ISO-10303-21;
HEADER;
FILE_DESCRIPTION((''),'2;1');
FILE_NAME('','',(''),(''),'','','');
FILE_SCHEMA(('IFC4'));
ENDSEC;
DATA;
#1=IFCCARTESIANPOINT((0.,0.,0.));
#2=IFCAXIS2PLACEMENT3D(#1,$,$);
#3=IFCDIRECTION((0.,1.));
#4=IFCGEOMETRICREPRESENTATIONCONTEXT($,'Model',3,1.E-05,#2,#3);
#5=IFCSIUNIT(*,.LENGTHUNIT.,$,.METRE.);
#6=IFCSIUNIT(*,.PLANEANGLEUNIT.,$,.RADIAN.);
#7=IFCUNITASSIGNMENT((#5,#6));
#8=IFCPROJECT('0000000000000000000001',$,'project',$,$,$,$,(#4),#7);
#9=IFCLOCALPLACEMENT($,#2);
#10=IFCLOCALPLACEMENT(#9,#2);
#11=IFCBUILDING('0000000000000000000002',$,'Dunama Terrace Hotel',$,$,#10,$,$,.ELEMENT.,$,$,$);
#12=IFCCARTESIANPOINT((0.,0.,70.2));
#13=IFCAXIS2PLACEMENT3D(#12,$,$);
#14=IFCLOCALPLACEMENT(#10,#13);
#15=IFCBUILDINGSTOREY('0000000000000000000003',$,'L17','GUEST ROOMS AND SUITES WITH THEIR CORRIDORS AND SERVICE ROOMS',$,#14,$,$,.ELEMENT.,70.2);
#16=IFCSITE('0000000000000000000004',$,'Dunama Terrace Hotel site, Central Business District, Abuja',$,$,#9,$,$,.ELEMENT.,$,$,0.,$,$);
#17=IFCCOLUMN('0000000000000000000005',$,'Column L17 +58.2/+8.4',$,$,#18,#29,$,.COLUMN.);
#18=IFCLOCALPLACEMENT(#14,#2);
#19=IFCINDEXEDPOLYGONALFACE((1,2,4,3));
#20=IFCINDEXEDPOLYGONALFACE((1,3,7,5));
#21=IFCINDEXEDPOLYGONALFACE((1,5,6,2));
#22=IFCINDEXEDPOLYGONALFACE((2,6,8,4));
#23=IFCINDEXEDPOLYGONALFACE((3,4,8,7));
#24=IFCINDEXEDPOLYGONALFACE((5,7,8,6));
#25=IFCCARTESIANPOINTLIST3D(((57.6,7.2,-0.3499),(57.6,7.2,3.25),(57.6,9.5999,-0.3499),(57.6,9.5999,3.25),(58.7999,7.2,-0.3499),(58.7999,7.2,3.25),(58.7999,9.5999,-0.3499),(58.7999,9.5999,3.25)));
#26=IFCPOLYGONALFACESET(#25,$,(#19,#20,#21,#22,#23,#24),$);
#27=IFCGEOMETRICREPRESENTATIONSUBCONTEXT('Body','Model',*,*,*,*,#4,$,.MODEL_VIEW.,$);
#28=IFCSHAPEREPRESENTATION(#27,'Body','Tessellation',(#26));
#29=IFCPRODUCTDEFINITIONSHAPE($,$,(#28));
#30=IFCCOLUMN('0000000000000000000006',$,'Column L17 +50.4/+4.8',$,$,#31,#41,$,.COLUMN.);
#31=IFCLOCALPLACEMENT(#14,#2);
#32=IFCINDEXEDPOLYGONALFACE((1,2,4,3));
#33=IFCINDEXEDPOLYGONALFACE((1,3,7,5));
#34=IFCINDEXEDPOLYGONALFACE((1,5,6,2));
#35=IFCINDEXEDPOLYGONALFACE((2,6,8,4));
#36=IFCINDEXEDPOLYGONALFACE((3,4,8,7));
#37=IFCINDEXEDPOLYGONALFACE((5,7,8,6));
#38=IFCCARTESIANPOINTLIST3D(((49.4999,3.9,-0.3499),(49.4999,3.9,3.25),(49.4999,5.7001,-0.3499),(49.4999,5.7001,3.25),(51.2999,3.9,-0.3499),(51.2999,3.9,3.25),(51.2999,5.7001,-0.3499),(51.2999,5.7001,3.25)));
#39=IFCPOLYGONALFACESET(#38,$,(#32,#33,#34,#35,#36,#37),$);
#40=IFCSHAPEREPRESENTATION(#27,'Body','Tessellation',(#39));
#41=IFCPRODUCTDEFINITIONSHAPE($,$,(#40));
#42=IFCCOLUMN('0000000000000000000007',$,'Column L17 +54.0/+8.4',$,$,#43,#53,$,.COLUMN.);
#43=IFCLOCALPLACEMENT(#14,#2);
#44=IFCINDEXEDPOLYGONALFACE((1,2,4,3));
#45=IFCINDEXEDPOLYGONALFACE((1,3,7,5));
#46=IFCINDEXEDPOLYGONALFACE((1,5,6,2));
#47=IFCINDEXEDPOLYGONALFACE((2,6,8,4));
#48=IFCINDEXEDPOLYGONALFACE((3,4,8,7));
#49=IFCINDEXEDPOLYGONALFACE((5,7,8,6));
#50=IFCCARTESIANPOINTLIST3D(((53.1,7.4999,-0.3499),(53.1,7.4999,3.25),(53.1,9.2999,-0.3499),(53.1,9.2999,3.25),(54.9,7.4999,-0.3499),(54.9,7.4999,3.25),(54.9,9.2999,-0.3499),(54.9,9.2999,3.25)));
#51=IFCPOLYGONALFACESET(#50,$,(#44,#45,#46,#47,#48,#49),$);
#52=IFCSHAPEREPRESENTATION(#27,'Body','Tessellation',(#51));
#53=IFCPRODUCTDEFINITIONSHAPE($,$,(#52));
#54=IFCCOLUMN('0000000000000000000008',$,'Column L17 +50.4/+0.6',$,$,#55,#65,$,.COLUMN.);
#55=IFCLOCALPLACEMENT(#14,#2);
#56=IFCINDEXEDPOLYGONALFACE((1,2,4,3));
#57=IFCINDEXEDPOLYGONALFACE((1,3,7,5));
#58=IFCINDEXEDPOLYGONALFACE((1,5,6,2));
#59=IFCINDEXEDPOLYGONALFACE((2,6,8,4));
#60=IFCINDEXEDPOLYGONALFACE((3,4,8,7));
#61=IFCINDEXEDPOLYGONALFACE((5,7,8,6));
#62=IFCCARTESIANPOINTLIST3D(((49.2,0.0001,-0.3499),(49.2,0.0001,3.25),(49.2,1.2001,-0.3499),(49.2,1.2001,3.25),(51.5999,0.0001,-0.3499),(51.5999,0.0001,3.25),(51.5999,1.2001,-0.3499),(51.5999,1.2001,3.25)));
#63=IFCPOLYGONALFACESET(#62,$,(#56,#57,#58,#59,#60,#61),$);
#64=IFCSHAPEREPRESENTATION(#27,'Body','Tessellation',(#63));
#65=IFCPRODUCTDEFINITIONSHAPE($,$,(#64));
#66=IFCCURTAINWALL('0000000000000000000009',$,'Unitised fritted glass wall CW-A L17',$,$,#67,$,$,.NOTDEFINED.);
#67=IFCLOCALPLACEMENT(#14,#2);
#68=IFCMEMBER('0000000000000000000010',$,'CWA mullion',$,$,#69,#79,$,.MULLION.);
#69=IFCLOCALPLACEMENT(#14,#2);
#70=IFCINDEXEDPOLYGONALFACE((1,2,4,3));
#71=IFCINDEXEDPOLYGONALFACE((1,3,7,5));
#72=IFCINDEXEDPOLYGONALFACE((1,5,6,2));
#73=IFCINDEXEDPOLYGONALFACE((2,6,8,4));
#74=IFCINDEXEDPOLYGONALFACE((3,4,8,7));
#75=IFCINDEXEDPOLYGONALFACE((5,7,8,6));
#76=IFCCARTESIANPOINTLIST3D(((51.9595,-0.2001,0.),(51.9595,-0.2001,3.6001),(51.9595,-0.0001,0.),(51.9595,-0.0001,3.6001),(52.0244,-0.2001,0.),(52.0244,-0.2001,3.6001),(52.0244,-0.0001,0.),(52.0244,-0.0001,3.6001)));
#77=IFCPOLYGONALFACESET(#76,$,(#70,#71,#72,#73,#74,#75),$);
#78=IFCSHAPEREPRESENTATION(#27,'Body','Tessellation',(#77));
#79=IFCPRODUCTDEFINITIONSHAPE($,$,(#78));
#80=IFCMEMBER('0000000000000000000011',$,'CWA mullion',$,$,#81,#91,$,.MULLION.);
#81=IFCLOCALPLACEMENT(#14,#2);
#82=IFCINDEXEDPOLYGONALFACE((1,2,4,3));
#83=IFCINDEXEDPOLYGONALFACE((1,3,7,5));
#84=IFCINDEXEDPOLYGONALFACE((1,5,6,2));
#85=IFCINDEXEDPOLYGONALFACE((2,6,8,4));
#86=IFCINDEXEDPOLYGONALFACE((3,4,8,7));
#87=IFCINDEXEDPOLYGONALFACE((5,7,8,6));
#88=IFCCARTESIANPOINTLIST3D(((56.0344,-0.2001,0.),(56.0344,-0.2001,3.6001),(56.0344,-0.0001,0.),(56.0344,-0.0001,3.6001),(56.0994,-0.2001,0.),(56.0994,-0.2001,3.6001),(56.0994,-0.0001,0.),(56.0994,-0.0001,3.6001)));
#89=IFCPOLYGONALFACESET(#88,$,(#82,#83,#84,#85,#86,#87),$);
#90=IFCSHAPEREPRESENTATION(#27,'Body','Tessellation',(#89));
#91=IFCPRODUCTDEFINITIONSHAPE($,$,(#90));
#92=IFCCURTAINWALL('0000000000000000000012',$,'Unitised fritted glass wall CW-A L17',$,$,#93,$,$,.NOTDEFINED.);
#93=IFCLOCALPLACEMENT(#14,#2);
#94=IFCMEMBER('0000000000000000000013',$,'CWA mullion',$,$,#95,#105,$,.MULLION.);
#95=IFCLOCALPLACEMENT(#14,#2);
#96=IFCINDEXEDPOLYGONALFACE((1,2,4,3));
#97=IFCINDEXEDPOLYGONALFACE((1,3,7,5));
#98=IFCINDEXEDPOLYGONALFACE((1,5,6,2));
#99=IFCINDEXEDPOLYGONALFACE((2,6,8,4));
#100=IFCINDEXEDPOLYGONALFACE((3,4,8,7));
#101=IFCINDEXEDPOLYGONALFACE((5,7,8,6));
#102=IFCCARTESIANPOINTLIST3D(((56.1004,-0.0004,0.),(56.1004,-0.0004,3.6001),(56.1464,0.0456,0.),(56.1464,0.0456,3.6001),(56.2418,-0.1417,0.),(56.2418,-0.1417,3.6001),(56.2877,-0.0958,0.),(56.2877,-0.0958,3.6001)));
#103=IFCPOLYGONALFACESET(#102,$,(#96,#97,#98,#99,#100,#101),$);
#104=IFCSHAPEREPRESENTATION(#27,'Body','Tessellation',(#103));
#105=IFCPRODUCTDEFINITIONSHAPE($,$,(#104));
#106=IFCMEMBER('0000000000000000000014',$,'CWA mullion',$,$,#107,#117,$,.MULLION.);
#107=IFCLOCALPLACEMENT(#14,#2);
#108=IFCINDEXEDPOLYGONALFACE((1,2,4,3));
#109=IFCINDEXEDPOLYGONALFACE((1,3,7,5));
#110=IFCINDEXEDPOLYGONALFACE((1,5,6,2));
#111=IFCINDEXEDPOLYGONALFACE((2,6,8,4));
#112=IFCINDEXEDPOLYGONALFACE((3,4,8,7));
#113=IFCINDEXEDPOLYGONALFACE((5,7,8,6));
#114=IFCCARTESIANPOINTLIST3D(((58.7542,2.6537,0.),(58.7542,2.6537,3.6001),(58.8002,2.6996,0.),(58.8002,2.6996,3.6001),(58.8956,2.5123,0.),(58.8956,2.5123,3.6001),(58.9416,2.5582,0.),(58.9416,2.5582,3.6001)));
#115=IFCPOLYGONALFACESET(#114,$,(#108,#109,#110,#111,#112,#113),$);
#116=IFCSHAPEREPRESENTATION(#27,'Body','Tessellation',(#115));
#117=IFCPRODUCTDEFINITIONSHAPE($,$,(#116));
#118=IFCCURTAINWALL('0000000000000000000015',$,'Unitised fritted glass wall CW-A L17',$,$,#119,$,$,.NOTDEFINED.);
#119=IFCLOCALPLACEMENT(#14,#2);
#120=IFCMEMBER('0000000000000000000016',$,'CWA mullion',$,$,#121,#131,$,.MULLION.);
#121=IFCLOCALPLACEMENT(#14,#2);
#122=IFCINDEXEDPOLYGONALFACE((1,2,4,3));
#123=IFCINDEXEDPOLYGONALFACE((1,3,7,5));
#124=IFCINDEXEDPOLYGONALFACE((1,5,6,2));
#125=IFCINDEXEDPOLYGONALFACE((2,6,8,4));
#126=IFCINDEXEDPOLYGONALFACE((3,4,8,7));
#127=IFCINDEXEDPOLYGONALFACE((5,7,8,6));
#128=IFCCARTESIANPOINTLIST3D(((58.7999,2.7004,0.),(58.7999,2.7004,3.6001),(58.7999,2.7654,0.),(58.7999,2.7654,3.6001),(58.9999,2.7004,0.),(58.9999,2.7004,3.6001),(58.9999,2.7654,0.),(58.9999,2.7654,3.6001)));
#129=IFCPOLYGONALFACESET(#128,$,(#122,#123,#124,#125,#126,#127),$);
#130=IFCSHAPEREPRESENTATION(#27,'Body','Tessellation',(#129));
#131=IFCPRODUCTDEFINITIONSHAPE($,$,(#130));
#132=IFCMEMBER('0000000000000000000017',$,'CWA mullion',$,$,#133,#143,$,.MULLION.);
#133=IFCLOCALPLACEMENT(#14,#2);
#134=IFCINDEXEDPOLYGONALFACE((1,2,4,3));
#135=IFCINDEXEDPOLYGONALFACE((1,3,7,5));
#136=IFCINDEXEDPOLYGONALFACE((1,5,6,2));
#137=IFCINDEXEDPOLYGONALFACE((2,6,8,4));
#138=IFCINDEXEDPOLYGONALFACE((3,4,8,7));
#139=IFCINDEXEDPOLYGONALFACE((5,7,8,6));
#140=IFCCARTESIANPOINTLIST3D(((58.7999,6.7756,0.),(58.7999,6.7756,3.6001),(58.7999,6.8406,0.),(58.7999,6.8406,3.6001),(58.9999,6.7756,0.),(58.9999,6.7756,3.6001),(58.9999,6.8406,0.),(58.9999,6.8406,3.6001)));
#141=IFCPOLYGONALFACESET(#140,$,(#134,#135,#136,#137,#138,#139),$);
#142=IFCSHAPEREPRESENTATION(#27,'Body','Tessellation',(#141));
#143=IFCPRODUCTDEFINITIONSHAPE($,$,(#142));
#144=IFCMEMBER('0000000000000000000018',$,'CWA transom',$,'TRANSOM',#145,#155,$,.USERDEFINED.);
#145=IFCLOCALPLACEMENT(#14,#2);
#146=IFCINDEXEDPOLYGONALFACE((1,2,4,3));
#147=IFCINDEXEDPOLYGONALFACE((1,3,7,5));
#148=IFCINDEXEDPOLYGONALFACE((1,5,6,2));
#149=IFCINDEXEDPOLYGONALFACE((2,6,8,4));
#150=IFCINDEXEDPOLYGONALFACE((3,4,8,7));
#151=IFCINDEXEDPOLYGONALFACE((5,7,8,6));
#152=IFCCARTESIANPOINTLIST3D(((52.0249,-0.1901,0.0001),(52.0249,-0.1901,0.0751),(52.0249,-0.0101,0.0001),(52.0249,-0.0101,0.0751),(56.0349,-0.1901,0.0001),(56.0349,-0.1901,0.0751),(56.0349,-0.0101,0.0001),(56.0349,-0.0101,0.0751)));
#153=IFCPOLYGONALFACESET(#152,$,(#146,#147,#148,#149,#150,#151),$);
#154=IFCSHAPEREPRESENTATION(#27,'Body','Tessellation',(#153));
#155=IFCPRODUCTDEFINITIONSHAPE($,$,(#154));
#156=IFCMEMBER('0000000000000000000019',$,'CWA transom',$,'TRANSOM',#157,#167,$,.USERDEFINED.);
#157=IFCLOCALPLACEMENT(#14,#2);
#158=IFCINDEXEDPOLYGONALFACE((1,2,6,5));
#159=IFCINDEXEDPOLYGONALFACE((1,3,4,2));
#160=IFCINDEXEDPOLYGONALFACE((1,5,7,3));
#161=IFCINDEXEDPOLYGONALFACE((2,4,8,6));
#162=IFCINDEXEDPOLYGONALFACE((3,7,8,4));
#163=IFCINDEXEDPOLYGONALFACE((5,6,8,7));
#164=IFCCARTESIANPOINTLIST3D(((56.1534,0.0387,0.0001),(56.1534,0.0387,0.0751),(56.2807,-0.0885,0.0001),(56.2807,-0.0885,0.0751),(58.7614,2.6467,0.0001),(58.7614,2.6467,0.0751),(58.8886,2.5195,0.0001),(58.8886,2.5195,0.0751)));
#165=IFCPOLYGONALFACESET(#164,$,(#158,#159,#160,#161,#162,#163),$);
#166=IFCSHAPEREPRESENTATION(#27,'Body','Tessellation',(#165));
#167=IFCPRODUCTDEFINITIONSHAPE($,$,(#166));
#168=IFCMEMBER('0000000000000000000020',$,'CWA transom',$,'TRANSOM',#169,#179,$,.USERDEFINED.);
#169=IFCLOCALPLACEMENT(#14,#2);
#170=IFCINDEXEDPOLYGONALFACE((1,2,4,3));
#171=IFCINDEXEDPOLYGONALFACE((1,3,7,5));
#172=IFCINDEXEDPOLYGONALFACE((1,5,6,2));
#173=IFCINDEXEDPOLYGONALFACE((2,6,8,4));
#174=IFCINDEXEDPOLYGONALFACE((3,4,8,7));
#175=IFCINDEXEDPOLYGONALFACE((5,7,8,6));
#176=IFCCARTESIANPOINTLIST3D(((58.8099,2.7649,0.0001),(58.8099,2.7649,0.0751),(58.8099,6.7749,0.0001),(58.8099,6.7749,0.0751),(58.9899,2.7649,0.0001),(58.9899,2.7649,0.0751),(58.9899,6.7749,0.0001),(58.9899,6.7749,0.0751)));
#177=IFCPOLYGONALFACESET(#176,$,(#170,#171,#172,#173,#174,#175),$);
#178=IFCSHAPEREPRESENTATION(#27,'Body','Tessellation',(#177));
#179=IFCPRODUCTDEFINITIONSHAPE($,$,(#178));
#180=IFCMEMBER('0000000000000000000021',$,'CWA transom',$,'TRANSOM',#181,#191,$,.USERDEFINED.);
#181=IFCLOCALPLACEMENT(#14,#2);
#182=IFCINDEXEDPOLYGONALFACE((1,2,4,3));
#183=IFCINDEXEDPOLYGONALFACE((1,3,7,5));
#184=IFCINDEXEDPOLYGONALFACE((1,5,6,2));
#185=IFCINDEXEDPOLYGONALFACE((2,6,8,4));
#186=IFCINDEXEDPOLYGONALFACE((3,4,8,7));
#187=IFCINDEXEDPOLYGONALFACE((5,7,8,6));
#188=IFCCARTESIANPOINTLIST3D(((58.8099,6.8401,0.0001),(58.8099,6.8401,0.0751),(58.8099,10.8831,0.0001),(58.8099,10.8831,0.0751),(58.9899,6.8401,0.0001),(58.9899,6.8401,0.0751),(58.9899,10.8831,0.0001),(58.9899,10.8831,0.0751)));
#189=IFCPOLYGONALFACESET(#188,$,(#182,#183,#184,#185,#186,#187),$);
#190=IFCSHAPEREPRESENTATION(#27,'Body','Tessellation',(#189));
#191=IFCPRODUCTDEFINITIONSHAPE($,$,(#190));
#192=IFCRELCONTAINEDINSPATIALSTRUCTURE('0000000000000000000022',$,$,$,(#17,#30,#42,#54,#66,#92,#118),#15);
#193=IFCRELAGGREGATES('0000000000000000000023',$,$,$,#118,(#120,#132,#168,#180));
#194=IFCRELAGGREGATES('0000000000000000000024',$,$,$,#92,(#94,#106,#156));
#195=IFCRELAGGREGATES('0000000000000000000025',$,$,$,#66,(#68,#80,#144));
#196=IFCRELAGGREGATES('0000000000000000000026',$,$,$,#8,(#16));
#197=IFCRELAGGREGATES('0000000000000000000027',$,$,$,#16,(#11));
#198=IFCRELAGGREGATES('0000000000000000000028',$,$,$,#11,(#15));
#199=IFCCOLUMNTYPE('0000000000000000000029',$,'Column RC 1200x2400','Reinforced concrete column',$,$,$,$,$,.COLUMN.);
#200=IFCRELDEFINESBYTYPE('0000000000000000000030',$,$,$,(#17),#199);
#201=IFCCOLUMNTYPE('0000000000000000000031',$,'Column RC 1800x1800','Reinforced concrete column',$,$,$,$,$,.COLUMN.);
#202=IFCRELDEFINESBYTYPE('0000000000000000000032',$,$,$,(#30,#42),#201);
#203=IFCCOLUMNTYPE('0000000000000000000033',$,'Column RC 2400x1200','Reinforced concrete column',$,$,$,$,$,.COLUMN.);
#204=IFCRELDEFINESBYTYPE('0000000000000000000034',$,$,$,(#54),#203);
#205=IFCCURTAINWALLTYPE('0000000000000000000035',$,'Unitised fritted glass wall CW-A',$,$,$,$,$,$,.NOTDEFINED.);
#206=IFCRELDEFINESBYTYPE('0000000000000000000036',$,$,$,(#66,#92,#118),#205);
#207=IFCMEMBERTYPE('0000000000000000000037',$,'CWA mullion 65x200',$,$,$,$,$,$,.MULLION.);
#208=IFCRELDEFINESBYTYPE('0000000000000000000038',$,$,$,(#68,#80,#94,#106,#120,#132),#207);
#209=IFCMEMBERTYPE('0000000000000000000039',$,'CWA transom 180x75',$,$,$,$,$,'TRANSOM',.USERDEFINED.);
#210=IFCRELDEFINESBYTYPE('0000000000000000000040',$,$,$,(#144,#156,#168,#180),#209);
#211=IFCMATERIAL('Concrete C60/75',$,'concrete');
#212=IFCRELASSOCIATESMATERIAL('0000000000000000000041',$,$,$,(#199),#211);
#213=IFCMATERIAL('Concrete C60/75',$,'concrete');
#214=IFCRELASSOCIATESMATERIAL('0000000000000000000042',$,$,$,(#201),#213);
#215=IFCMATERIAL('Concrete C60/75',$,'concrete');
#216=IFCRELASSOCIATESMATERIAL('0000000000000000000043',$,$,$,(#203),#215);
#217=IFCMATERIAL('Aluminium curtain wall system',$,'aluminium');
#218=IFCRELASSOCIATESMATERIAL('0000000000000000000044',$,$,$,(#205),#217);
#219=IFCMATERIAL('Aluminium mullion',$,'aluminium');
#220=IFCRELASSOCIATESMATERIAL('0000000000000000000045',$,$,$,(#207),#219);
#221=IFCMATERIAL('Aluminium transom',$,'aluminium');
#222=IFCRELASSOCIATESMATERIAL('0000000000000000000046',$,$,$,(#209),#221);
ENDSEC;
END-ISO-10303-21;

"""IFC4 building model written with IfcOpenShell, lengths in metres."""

from ifc_helpers import new_model, si_unit, direction, frame, origin, origin_2d, place, context, subcontext, project, spatial, rectangle, extrude, material, material_profile, profile_set, type_object, element, aggregate, save


model = new_model("IFC4")

# Units and contexts
model_context = context("Model", 3, precision=1e-05, world=origin(), true_north=direction((0.0, 1.0)))
body_context = subcontext(model_context, "Body", "Model", "MODEL_VIEW")
ifc_project = project(units=[si_unit("LENGTHUNIT", "METRE"), si_unit("PLANEANGLEUNIT", "RADIAN")], contexts=[model_context])

# Site, building, storey
site_placement = place(None, origin())
site = spatial("IfcSite", under=ifc_project, at=site_placement, Name="Dunama Terrace Hotel site, Central Business District, Abuja", CompositionType="ELEMENT", RefElevation=0.0)
building_placement = place(site_placement, origin())
building = spatial("IfcBuilding", under=site, at=building_placement, Name="Dunama Terrace Hotel", CompositionType="ELEMENT")
storey_placement = place(building_placement, frame((0.0, 0.0, 70.2)))
storey = spatial("IfcBuildingStorey", under=building, at=storey_placement, Name="L17", Description="GUEST ROOMS AND SUITES WITH THEIR CORRIDORS AND SERVICE ROOMS", CompositionType="ELEMENT", Elevation=70.2)

# Columns
ifc_material_1 = material(Name="Concrete C60/75", Category="concrete")
ifc_material_profile_1 = material_profile(ifc_material_1, rectangle(XDim=1.2, YDim=2.3999, at=origin_2d()), Name="RC 1200x2400")
ifc_profile_set_1 = profile_set([ifc_material_profile_1], Name="Concrete C60/75")
column_type_1 = type_object("IfcColumnType", Name="Column RC 1200x2400", Description="Reinforced concrete column", PredefinedType="COLUMN", material=ifc_profile_set_1)
column_1_placement = place(storey_placement, frame((58.2, 8.3999, -0.3499), z_axis=(0.0, 0.0, 1.0), x_axis=(1.0, 0.0, 0.0)))
element("IfcColumn", 1, at=column_1_placement, inside=storey, type_object=column_type_1, Name="Column L17 +58.2/+8.4", PredefinedType="COLUMN", context=body_context, shape_type="SweptSolid", body=[
    extrude(rectangle(XDim=1.2, YDim=2.3999, at=origin_2d()), origin(), (0.0, 0.0, 1.0), 3.5999),
])
ifc_material_2 = material(Name="Concrete C60/75", Category="concrete")
ifc_material_profile_2 = material_profile(ifc_material_2, rectangle(XDim=1.8, YDim=1.8, at=origin_2d()), Name="RC 1800x1800")
ifc_profile_set_2 = profile_set([ifc_material_profile_2], Name="Concrete C60/75")
column_type_2 = type_object("IfcColumnType", Name="Column RC 1800x1800", Description="Reinforced concrete column", PredefinedType="COLUMN", material=ifc_profile_set_2)
for number, where, z_axis, x_axis, name in (
    (2, (50.3999, 4.8, -0.3499), (0.0, 0.0, 1.0), (1.0, 0.0, 0.0), "Column L17 +50.4/+4.8"),
    (3, (54.0, 8.3999, -0.3499), (0.0, 0.0, 1.0), (1.0, 0.0, 0.0), "Column L17 +54.0/+8.4"),
):
    element("IfcColumn", number, at=place(storey_placement, frame(where, z_axis=z_axis, x_axis=x_axis)), inside=storey, type_object=column_type_2, Name=name, PredefinedType="COLUMN", context=body_context, shape_type="SweptSolid", body=[
        extrude(rectangle(XDim=1.8, YDim=1.8, at=origin_2d()), origin(), (0.0, 0.0, 1.0), 3.5999),
    ])
ifc_material_3 = material(Name="Concrete C60/75", Category="concrete")
ifc_material_profile_3 = material_profile(ifc_material_3, rectangle(XDim=2.3999, YDim=1.2, at=origin_2d()), Name="RC 2400x1200")
ifc_profile_set_3 = profile_set([ifc_material_profile_3], Name="Concrete C60/75")
column_type_3 = type_object("IfcColumnType", Name="Column RC 2400x1200", Description="Reinforced concrete column", PredefinedType="COLUMN", material=ifc_profile_set_3)
column_2_placement = place(storey_placement, frame((50.3999, 0.6001, -0.3499), z_axis=(0.0, 0.0, 1.0), x_axis=(1.0, 0.0, 0.0)))
element("IfcColumn", 4, at=column_2_placement, inside=storey, type_object=column_type_3, Name="Column L17 +50.4/+0.6", PredefinedType="COLUMN", context=body_context, shape_type="SweptSolid", body=[
    extrude(rectangle(XDim=2.3999, YDim=1.2, at=origin_2d()), origin(), (0.0, 0.0, 1.0), 3.5999),
])

# Curtain walls, members
ifc_material_4 = material(Name="Aluminium curtain wall system", Category="aluminium")
curtain_wall_type = type_object("IfcCurtainWallType", Name="Unitised fritted glass wall CW-A", PredefinedType="NOTDEFINED", material=ifc_material_4)
curtain_wall_1_placement = place(storey_placement, origin())
curtain_wall_1 = element("IfcCurtainWall", 5, at=curtain_wall_1_placement, inside=storey, type_object=curtain_wall_type, Name="Unitised fritted glass wall CW-A L17", PredefinedType="NOTDEFINED")
ifc_material_5 = material(Name="Aluminium mullion", Category="aluminium")
ifc_material_profile_4 = material_profile(ifc_material_5, rectangle(XDim=0.0649, YDim=0.2, at=origin_2d()), Name="CWA MULLION 65X200")
ifc_profile_set_4 = profile_set([ifc_material_profile_4], Name="Aluminium mullion")
member_type_1 = type_object("IfcMemberType", Name="CWA mullion 65x200", PredefinedType="MULLION", material=ifc_profile_set_4)
member_1_placement = place(storey_placement, frame((51.9919, -0.1001, 0.0), z_axis=(0.0, 0.0, 1.0), x_axis=(1.0, 0.0, 0.0)))
member_1 = element("IfcMember", 6, at=member_1_placement, type_object=member_type_1, Name="CWA mullion", PredefinedType="MULLION", context=body_context, shape_type="SweptSolid", body=[
    extrude(rectangle(XDim=0.0649, YDim=0.2, at=origin_2d()), origin(), (0.0, 0.0, 1.0), 3.6001),
])
member_2_placement = place(storey_placement, frame((56.0669, -0.1001, 0.0), z_axis=(0.0, 0.0, 1.0), x_axis=(1.0, 0.0, 0.0)))
member_2 = element("IfcMember", 7, at=member_2_placement, type_object=member_type_1, Name="CWA mullion", PredefinedType="MULLION", context=body_context, shape_type="SweptSolid", body=[
    extrude(rectangle(XDim=0.0649, YDim=0.2, at=origin_2d()), origin(), (0.0, 0.0, 1.0), 3.6001),
])
curtain_wall_2_placement = place(storey_placement, origin())
curtain_wall_2 = element("IfcCurtainWall", 8, at=curtain_wall_2_placement, inside=storey, type_object=curtain_wall_type, Name="Unitised fritted glass wall CW-A L17", PredefinedType="NOTDEFINED")
member_3_placement = place(storey_placement, frame((56.1941, -0.0481, 0.0), z_axis=(0.0, 0.0, 1.0), x_axis=(0.707107, 0.707107, 0.0)))
member_3 = element("IfcMember", 9, at=member_3_placement, type_object=member_type_1, Name="CWA mullion", PredefinedType="MULLION", context=body_context, shape_type="SweptSolid", body=[
    extrude(rectangle(XDim=0.0649, YDim=0.2, at=origin_2d()), origin(), (0.0, 0.0, 1.0), 3.6001),
])
member_4_placement = place(storey_placement, frame((58.8479, 2.606, 0.0), z_axis=(0.0, 0.0, 1.0), x_axis=(0.707107, 0.707107, 0.0)))
member_4 = element("IfcMember", 10, at=member_4_placement, type_object=member_type_1, Name="CWA mullion", PredefinedType="MULLION", context=body_context, shape_type="SweptSolid", body=[
    extrude(rectangle(XDim=0.0649, YDim=0.2, at=origin_2d()), origin(), (0.0, 0.0, 1.0), 3.6001),
])
curtain_wall_3_placement = place(storey_placement, origin())
curtain_wall_3 = element("IfcCurtainWall", 11, at=curtain_wall_3_placement, inside=storey, type_object=curtain_wall_type, Name="Unitised fritted glass wall CW-A L17", PredefinedType="NOTDEFINED")
member_5_placement = place(storey_placement, frame((58.8999, 2.7329, 0.0), z_axis=(0.0, 0.0, 1.0), x_axis=(0.0, 1.0, 0.0)))
member_5 = element("IfcMember", 12, at=member_5_placement, type_object=member_type_1, Name="CWA mullion", PredefinedType="MULLION", context=body_context, shape_type="SweptSolid", body=[
    extrude(rectangle(XDim=0.0649, YDim=0.2, at=origin_2d()), origin(), (0.0, 0.0, 1.0), 3.6001),
])
member_6_placement = place(storey_placement, frame((58.8999, 6.8081, 0.0), z_axis=(0.0, 0.0, 1.0), x_axis=(0.0, 1.0, 0.0)))
member_6 = element("IfcMember", 13, at=member_6_placement, type_object=member_type_1, Name="CWA mullion", PredefinedType="MULLION", context=body_context, shape_type="SweptSolid", body=[
    extrude(rectangle(XDim=0.0649, YDim=0.2, at=origin_2d()), origin(), (0.0, 0.0, 1.0), 3.6001),
])

# Members
ifc_material_6 = material(Name="Aluminium transom", Category="aluminium")
ifc_material_profile_5 = material_profile(ifc_material_6, rectangle(XDim=0.1799, YDim=0.075, at=origin_2d()), Name="CWA TRANSOM 180X75")
ifc_profile_set_5 = profile_set([ifc_material_profile_5], Name="Aluminium transom")
member_type_2 = type_object("IfcMemberType", Name="CWA transom 180x75", ElementType="TRANSOM", PredefinedType="USERDEFINED", material=ifc_profile_set_5)
member_7_placement = place(storey_placement, frame((52.0249, -0.1001, 0.0376), z_axis=(1.0, 0.0, 0.0), x_axis=(0.0, 1.0, 0.0)))
member_7 = element("IfcMember", 14, at=member_7_placement, type_object=member_type_2, Name="CWA transom", ObjectType="TRANSOM", PredefinedType="USERDEFINED", context=body_context, shape_type="SweptSolid", body=[
    extrude(rectangle(XDim=0.1799, YDim=0.075, at=origin_2d()), origin(), (0.0, 0.0, 1.0), 4.01),
])
member_8_placement = place(storey_placement, frame((56.217, -0.0249, 0.0376), z_axis=(0.707107, 0.707107, 0.0), x_axis=(-0.707107, 0.707107, 0.0)))
member_8 = element("IfcMember", 15, at=member_8_placement, type_object=member_type_2, Name="CWA transom", ObjectType="TRANSOM", PredefinedType="USERDEFINED", context=body_context, shape_type="SweptSolid", body=[
    extrude(rectangle(XDim=0.1799, YDim=0.075, at=origin_2d()), origin(), (0.0, 0.0, 1.0), 3.6882),
])
member_9_placement = place(storey_placement, frame((58.8999, 2.7649, 0.0376), z_axis=(0.0, 1.0, 0.0), x_axis=(-1.0, 0.0, 0.0)))
member_9 = element("IfcMember", 16, at=member_9_placement, type_object=member_type_2, Name="CWA transom", ObjectType="TRANSOM", PredefinedType="USERDEFINED", context=body_context, shape_type="SweptSolid", body=[
    extrude(rectangle(XDim=0.1799, YDim=0.075, at=origin_2d()), origin(), (0.0, 0.0, 1.0), 4.01),
])
member_10_placement = place(storey_placement, frame((58.8999, 6.8401, 0.0376), z_axis=(0.0, 1.0, 0.0), x_axis=(-1.0, 0.0, 0.0)))
member_10 = element("IfcMember", 17, at=member_10_placement, type_object=member_type_2, Name="CWA transom", ObjectType="TRANSOM", PredefinedType="USERDEFINED", context=body_context, shape_type="SweptSolid", body=[
    extrude(rectangle(XDim=0.1799, YDim=0.075, at=origin_2d()), origin(), (0.0, 0.0, 1.0), 4.043),
])

aggregate(curtain_wall_3, [member_5, member_6, member_9, member_10])
aggregate(curtain_wall_2, [member_3, member_4, member_8])
aggregate(curtain_wall_1, [member_1, member_2, member_7])

save(model, "model.ifc")
